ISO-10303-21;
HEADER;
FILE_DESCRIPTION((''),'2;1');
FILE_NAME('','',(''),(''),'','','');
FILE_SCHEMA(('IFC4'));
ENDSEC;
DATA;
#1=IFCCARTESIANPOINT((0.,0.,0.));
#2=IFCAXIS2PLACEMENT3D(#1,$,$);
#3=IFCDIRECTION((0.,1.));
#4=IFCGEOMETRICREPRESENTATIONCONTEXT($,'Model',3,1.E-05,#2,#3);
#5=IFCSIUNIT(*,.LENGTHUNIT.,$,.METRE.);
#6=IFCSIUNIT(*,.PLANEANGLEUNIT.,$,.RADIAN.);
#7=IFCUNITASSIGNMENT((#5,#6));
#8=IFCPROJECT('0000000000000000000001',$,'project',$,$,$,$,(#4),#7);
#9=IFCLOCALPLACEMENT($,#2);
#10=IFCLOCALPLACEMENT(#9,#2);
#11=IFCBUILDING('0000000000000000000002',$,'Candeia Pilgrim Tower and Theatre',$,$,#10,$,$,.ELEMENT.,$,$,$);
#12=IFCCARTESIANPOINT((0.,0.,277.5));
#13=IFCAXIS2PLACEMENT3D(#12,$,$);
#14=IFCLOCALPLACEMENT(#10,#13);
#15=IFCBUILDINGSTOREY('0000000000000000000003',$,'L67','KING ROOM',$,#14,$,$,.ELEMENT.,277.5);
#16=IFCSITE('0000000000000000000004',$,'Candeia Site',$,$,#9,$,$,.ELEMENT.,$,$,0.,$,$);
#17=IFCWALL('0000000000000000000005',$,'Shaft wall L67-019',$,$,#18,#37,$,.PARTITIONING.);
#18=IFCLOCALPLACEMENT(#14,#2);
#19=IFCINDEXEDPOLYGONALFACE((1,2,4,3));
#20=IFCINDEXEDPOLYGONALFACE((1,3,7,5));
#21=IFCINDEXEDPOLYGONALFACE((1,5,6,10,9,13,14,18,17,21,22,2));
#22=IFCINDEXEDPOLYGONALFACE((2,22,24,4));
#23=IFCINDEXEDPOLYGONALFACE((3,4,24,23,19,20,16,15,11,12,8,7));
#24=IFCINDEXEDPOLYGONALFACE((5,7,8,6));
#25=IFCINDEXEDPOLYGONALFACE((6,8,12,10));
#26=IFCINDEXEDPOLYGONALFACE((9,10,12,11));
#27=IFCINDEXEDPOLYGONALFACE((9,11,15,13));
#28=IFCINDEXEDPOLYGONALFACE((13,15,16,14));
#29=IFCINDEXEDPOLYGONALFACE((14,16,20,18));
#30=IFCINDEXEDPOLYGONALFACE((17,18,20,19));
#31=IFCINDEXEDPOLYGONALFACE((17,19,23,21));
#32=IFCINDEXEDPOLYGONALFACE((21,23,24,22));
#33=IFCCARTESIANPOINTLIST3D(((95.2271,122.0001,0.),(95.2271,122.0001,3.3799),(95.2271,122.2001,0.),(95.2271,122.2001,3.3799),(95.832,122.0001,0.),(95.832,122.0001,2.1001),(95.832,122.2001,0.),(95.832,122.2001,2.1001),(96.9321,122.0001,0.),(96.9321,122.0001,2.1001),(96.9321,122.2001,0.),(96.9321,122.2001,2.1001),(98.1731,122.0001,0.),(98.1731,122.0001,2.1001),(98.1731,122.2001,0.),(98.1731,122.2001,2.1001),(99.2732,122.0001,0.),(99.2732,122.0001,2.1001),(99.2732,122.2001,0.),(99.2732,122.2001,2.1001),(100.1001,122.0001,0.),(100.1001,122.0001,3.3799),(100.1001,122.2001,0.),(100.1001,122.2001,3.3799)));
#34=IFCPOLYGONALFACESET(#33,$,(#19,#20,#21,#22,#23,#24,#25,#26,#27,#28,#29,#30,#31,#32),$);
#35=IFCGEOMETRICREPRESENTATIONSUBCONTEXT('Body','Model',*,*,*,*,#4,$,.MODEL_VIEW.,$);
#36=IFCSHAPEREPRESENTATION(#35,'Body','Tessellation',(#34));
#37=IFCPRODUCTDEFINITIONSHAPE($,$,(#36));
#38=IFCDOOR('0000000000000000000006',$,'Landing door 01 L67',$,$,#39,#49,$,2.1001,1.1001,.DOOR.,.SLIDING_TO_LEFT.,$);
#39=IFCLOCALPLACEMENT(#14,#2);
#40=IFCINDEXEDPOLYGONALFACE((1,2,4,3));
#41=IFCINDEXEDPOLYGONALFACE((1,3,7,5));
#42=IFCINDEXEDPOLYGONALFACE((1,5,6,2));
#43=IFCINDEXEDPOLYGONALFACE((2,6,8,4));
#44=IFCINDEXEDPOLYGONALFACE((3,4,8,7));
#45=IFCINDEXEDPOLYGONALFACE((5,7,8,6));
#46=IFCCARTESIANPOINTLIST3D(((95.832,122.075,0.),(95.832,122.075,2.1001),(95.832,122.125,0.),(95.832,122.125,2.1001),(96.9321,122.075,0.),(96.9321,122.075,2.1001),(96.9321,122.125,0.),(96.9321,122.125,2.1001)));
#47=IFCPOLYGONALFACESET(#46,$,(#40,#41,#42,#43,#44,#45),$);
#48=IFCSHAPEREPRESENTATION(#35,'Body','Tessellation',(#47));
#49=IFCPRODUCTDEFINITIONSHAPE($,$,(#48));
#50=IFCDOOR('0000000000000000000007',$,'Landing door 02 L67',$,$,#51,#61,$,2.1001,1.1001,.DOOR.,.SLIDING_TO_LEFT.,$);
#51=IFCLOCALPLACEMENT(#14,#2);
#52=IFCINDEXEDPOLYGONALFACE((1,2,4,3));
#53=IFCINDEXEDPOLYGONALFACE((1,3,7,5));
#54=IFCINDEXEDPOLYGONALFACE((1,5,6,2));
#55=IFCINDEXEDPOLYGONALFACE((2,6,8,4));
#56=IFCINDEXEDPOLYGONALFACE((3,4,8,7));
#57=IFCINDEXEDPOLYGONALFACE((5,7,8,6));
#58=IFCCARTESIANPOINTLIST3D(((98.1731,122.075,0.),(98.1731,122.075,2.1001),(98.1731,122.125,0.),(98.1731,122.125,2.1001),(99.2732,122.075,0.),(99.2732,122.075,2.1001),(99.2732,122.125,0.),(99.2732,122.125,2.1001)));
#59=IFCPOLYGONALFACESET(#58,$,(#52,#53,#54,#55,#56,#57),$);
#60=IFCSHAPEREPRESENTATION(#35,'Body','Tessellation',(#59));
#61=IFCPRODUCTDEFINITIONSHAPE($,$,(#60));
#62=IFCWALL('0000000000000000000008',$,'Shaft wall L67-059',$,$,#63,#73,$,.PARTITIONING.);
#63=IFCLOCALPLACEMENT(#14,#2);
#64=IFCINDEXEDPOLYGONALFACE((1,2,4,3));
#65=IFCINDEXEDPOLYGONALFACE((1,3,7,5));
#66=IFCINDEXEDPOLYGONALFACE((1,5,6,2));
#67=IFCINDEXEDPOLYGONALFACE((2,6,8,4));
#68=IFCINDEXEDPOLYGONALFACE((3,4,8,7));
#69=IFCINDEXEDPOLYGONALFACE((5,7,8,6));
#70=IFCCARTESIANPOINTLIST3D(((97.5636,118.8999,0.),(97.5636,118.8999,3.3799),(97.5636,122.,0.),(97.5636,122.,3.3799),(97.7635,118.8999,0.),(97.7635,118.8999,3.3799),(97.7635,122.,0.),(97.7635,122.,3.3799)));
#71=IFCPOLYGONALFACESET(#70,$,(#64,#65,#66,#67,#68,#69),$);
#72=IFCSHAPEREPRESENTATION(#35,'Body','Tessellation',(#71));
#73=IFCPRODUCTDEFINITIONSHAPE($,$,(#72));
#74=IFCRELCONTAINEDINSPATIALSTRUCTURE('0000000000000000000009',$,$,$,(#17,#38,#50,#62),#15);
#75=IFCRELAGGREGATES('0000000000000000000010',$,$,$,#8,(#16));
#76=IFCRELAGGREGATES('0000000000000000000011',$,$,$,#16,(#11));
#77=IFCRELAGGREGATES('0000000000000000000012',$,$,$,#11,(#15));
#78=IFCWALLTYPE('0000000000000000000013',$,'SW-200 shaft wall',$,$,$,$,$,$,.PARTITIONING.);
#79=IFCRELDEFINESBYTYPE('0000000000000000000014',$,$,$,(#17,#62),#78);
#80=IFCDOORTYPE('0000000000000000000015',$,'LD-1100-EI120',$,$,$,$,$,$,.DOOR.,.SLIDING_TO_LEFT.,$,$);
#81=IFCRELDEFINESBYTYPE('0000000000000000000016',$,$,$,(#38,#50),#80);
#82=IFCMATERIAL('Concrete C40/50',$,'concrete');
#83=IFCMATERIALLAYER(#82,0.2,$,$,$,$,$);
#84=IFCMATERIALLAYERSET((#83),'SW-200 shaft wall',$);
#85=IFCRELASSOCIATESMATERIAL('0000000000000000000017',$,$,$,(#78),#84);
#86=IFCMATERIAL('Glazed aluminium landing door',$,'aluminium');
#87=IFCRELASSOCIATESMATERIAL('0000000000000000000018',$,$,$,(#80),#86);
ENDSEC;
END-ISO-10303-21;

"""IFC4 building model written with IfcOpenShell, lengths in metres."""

from ifc_helpers import new_model, si_unit, direction, frame, frame_2d, origin, place, context, subcontext, project, spatial, rectangle, extrude, material, layer, layer_set, type_object, element, fill, save


model = new_model("IFC4")

# Units and contexts
model_context = context("Model", 3, precision=1e-05, world=origin(), true_north=direction((0.0, 1.0)))
body_context = subcontext(model_context, "Body", "Model", "MODEL_VIEW")
ifc_project = project(units=[si_unit("LENGTHUNIT", "METRE"), si_unit("PLANEANGLEUNIT", "RADIAN")], contexts=[model_context])

# Site, building, storey
site_placement = place(None, origin())
site = spatial("IfcSite", under=ifc_project, at=site_placement, Name="Candeia Site", CompositionType="ELEMENT", RefElevation=0.0)
building_placement = place(site_placement, origin())
building = spatial("IfcBuilding", under=site, at=building_placement, Name="Candeia Pilgrim Tower and Theatre", CompositionType="ELEMENT")
storey_placement = place(building_placement, frame((0.0, 0.0, 277.5)))
storey = spatial("IfcBuildingStorey", under=building, at=storey_placement, Name="L67", Description="KING ROOM", CompositionType="ELEMENT", Elevation=277.5)

# Shared definitions
ifc_material_1 = material(Name="Concrete C40/50", Category="concrete")
ifc_layer_1 = layer(ifc_material_1, 0.2)
ifc_layer_set_1 = layer_set([ifc_layer_1], Name="SW-200 shaft wall")
wall_type_1 = type_object("IfcWallType", Name="SW-200 shaft wall", PredefinedType="PARTITIONING", material=ifc_layer_set_1)

# Wall, openings, doors
wall_1_placement = place(storey_placement, frame((95.2271, 122.1001, 0.0), z_axis=(0.0, 0.0, 1.0), x_axis=(1.0, 0.0, 0.0)))
wall_1 = element("IfcWall", 1, at=wall_1_placement, inside=storey, type_object=wall_type_1, Name="Shaft wall L67-019", PredefinedType="PARTITIONING", context=body_context, shape_type="SweptSolid", body=[
    extrude(rectangle(XDim=4.873, YDim=0.2, at=frame_2d((2.4365, 0.0))), origin(), (0.0, 0.0, 1.0), 3.3799),
])
opening_1_placement = place(wall_1_placement, frame((0.605, 0.0, 0.0)))
opening_1 = element("IfcOpeningElement", 2, at=opening_1_placement, cuts=wall_1, PredefinedType="OPENING", context=body_context, shape_type="SweptSolid", body=[
    extrude(rectangle(XDim=1.1001, YDim=2.1001, at=frame_2d((0.55, 1.05))), frame((0.0, 0.1099, 0.0), z_axis=(0.0, -1.0, 0.0), x_axis=(1.0, 0.0, 0.0)), (0.0, 0.0, 1.0), 0.22),
])
opening_2_placement = place(wall_1_placement, frame((2.946, 0.0, 0.0)))
opening_2 = element("IfcOpeningElement", 3, at=opening_2_placement, cuts=wall_1, PredefinedType="OPENING", context=body_context, shape_type="SweptSolid", body=[
    extrude(rectangle(XDim=1.1001, YDim=2.1001, at=frame_2d((0.55, 1.05))), frame((0.0, 0.1099, 0.0), z_axis=(0.0, -1.0, 0.0), x_axis=(1.0, 0.0, 0.0)), (0.0, 0.0, 1.0), 0.22),
])
ifc_material_2 = material(Name="Glazed aluminium landing door", Category="aluminium")
door_type_1 = type_object("IfcDoorType", Name="LD-1100-EI120", OperationType="SLIDING_TO_LEFT", PredefinedType="DOOR", material=ifc_material_2)
door_1_placement = place(opening_1_placement, origin())
door_1 = element("IfcDoor", 4, at=door_1_placement, inside=storey, type_object=door_type_1, Name="Landing door 01 L67", OperationType="SLIDING_TO_LEFT", OverallHeight=2.1001, OverallWidth=1.1001, PredefinedType="DOOR", context=body_context, shape_type="SweptSolid", body=[
    extrude(rectangle(XDim=1.1001, YDim=2.1001, at=frame_2d((0.55, 1.05))), frame((0.0, 0.0249, 0.0), z_axis=(0.0, -1.0, 0.0), x_axis=(1.0, 0.0, 0.0)), (0.0, 0.0, 1.0), 0.05),
])
fill(opening_1, door_1)
door_2_placement = place(opening_2_placement, origin())
door_2 = element("IfcDoor", 5, at=door_2_placement, inside=storey, type_object=door_type_1, Name="Landing door 02 L67", OperationType="SLIDING_TO_LEFT", OverallHeight=2.1001, OverallWidth=1.1001, PredefinedType="DOOR", context=body_context, shape_type="SweptSolid", body=[
    extrude(rectangle(XDim=1.1001, YDim=2.1001, at=frame_2d((0.55, 1.05))), frame((0.0, 0.0249, 0.0), z_axis=(0.0, -1.0, 0.0), x_axis=(1.0, 0.0, 0.0)), (0.0, 0.0, 1.0), 0.05),
])
fill(opening_2, door_2)

# Wall
wall_2_placement = place(storey_placement, frame((97.6636, 118.8999, 0.0), z_axis=(0.0, 0.0, 1.0), x_axis=(0.0, 1.0, 0.0)))
element("IfcWall", 6, at=wall_2_placement, inside=storey, type_object=wall_type_1, Name="Shaft wall L67-059", PredefinedType="PARTITIONING", context=body_context, shape_type="SweptSolid", body=[
    extrude(rectangle(XDim=3.1001, YDim=0.2, at=frame_2d((1.55, 0.0))), origin(), (0.0, 0.0, 1.0), 3.3799),
])

save(model, "model.ifc")
